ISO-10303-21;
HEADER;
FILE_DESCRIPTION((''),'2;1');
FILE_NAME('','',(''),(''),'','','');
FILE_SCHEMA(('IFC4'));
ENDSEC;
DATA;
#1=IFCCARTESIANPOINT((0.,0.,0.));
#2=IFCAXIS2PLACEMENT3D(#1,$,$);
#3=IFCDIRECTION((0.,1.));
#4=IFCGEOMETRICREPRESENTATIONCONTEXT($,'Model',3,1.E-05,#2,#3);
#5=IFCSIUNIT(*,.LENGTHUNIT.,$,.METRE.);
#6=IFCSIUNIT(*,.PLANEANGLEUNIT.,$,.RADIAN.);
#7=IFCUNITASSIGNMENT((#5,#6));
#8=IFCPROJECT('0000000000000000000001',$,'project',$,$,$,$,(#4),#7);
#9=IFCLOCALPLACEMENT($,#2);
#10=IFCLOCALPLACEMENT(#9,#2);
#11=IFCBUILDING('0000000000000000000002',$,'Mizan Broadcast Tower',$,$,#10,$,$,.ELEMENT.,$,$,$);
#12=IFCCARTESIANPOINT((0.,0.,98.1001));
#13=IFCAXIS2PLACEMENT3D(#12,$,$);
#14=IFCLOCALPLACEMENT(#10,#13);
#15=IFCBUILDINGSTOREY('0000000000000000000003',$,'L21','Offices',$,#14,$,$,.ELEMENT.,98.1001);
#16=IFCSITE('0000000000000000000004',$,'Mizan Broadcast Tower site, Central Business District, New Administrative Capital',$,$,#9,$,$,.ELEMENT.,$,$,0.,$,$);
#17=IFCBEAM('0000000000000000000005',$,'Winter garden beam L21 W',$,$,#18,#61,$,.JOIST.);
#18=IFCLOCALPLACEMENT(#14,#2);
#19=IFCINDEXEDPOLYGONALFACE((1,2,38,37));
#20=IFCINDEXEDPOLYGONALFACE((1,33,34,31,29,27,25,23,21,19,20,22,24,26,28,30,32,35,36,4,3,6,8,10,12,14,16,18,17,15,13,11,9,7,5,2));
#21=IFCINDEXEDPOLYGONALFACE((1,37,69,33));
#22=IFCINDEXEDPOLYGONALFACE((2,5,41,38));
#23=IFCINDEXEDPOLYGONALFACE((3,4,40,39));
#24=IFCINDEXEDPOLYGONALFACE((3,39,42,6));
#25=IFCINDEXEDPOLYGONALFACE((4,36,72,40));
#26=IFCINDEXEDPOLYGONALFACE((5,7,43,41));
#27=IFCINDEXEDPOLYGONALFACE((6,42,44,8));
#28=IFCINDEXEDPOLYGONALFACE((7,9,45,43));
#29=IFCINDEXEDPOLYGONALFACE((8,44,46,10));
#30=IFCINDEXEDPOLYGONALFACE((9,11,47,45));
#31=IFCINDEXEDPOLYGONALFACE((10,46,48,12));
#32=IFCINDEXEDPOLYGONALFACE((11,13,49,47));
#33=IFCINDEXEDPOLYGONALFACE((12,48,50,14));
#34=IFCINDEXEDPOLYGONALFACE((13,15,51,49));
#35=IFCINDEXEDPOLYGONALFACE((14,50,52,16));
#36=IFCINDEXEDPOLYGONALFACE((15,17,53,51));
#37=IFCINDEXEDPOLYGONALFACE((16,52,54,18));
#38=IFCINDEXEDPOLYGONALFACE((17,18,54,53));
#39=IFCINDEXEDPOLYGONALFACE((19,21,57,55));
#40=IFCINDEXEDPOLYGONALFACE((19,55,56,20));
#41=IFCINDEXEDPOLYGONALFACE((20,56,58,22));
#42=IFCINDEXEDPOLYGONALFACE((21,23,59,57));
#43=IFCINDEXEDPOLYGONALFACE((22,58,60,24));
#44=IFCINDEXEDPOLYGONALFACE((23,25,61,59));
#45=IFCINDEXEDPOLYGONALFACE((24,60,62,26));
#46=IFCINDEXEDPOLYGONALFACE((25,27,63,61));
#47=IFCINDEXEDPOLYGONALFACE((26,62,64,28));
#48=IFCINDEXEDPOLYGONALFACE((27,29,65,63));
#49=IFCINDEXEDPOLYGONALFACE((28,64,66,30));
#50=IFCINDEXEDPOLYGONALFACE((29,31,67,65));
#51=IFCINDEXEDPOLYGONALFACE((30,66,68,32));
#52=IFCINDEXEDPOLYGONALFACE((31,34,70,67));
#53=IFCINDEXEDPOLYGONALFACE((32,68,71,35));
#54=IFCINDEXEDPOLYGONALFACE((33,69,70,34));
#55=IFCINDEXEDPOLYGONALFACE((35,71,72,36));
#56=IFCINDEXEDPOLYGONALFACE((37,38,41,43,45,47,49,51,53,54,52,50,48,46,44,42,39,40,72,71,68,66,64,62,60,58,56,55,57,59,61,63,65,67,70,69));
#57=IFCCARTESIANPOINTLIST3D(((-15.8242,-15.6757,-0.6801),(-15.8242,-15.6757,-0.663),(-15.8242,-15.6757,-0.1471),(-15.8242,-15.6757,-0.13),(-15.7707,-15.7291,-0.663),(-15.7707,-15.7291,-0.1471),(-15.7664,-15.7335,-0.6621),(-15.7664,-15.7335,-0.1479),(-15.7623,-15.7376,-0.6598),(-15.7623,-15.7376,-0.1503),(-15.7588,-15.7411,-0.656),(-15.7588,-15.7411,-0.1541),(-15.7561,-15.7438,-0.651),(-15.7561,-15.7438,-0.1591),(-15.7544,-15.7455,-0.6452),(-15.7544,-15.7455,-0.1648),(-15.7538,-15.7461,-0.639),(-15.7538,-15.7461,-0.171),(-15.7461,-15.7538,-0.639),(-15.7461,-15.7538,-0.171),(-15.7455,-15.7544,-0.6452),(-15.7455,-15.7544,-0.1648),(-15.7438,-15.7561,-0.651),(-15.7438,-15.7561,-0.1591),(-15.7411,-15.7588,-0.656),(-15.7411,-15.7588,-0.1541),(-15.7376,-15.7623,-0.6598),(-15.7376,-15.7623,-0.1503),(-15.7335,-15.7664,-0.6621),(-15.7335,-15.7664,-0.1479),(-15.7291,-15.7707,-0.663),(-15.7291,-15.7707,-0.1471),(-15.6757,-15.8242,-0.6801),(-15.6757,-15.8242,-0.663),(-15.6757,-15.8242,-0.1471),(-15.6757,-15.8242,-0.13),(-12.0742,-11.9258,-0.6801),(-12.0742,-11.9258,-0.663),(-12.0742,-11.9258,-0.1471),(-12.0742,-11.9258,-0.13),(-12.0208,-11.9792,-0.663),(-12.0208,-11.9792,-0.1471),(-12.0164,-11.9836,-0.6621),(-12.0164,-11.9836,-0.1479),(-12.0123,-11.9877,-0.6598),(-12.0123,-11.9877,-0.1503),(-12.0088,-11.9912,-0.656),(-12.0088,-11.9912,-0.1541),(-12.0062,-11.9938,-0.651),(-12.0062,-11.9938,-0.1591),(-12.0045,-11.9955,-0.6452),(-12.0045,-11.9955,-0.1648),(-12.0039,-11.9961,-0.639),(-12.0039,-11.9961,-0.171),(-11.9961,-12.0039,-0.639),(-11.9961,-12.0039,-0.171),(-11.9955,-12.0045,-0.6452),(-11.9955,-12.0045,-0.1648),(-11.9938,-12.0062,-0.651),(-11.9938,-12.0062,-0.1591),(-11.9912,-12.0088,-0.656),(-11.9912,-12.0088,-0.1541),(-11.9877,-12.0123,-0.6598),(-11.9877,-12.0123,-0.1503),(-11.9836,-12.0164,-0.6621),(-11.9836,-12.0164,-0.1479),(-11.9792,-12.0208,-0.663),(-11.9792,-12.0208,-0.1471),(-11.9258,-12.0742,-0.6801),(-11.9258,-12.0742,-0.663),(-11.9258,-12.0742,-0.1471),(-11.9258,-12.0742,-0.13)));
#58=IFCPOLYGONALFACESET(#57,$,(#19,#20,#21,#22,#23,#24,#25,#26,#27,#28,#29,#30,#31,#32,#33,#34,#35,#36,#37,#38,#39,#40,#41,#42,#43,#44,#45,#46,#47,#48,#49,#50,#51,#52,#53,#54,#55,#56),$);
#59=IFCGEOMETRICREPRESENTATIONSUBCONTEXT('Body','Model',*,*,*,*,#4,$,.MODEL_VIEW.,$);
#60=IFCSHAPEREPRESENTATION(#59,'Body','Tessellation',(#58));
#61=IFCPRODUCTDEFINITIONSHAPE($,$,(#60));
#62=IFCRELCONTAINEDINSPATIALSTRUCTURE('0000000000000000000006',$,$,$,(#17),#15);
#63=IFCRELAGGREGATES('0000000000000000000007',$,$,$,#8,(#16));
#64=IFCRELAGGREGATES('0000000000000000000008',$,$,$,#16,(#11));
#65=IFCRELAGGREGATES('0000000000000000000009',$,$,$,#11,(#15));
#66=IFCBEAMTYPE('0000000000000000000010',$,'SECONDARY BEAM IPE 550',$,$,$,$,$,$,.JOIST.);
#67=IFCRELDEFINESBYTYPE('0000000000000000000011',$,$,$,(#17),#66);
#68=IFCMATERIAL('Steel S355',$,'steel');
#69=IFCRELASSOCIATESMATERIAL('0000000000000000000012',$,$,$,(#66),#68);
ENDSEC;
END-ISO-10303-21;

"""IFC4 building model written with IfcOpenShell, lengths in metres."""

from ifc_helpers import new_model, si_unit, direction, frame, origin, origin_2d, place, context, subcontext, project, spatial, i_section, extrude, material, material_profile, profile_set, type_object, element, save


model = new_model("IFC4")

# Units and contexts
model_context = context("Model", 3, precision=1e-05, world=origin(), true_north=direction((0.0, 1.0)))
body_context = subcontext(model_context, "Body", "Model", "MODEL_VIEW")
ifc_project = project(units=[si_unit("LENGTHUNIT", "METRE"), si_unit("PLANEANGLEUNIT", "RADIAN")], contexts=[model_context])

# Site, building, storey
site_placement = place(None, origin())
site = spatial("IfcSite", under=ifc_project, at=site_placement, Name="Mizan Broadcast Tower site, Central Business District, New Administrative Capital", CompositionType="ELEMENT", RefElevation=0.0)
building_placement = place(site_placement, origin())
building = spatial("IfcBuilding", under=site, at=building_placement, Name="Mizan Broadcast Tower", CompositionType="ELEMENT")
storey_placement = place(building_placement, frame((0.0, 0.0, 98.1001)))
storey = spatial("IfcBuildingStorey", under=building, at=storey_placement, Name="L21", Description="Offices", CompositionType="ELEMENT", Elevation=98.1001)

# Beam
ifc_material_1 = material(Name="Steel S355", Category="steel")
ifc_material_profile_1 = material_profile(ifc_material_1, i_section(OverallWidth=0.21, OverallDepth=0.55, WebThickness=0.011, FlangeThickness=0.0171, FilletRadius=0.0239, at=origin_2d()), Name="IPE 550")
ifc_profile_set_1 = profile_set([ifc_material_profile_1], Name="Steel S355")
beam_type_1 = type_object("IfcBeamType", Name="SECONDARY BEAM IPE 550", PredefinedType="JOIST", material=ifc_profile_set_1)
beam_1_placement = place(storey_placement, frame((-12.0, -12.0, -0.405), z_axis=(-0.707107, -0.707107, 0.0), x_axis=(0.707107, -0.707107, 0.0)))
element("IfcBeam", 1, at=beam_1_placement, inside=storey, type_object=beam_type_1, Name="Winter garden beam L21 W", PredefinedType="JOIST", context=body_context, shape_type="SweptSolid", body=[
    extrude(i_section(OverallWidth=0.21, OverallDepth=0.55, WebThickness=0.011, FlangeThickness=0.0171, FilletRadius=0.0239, at=origin_2d()), origin(), (0.0, 0.0, 1.0), 5.3032),
])

save(model, "model.ifc")
